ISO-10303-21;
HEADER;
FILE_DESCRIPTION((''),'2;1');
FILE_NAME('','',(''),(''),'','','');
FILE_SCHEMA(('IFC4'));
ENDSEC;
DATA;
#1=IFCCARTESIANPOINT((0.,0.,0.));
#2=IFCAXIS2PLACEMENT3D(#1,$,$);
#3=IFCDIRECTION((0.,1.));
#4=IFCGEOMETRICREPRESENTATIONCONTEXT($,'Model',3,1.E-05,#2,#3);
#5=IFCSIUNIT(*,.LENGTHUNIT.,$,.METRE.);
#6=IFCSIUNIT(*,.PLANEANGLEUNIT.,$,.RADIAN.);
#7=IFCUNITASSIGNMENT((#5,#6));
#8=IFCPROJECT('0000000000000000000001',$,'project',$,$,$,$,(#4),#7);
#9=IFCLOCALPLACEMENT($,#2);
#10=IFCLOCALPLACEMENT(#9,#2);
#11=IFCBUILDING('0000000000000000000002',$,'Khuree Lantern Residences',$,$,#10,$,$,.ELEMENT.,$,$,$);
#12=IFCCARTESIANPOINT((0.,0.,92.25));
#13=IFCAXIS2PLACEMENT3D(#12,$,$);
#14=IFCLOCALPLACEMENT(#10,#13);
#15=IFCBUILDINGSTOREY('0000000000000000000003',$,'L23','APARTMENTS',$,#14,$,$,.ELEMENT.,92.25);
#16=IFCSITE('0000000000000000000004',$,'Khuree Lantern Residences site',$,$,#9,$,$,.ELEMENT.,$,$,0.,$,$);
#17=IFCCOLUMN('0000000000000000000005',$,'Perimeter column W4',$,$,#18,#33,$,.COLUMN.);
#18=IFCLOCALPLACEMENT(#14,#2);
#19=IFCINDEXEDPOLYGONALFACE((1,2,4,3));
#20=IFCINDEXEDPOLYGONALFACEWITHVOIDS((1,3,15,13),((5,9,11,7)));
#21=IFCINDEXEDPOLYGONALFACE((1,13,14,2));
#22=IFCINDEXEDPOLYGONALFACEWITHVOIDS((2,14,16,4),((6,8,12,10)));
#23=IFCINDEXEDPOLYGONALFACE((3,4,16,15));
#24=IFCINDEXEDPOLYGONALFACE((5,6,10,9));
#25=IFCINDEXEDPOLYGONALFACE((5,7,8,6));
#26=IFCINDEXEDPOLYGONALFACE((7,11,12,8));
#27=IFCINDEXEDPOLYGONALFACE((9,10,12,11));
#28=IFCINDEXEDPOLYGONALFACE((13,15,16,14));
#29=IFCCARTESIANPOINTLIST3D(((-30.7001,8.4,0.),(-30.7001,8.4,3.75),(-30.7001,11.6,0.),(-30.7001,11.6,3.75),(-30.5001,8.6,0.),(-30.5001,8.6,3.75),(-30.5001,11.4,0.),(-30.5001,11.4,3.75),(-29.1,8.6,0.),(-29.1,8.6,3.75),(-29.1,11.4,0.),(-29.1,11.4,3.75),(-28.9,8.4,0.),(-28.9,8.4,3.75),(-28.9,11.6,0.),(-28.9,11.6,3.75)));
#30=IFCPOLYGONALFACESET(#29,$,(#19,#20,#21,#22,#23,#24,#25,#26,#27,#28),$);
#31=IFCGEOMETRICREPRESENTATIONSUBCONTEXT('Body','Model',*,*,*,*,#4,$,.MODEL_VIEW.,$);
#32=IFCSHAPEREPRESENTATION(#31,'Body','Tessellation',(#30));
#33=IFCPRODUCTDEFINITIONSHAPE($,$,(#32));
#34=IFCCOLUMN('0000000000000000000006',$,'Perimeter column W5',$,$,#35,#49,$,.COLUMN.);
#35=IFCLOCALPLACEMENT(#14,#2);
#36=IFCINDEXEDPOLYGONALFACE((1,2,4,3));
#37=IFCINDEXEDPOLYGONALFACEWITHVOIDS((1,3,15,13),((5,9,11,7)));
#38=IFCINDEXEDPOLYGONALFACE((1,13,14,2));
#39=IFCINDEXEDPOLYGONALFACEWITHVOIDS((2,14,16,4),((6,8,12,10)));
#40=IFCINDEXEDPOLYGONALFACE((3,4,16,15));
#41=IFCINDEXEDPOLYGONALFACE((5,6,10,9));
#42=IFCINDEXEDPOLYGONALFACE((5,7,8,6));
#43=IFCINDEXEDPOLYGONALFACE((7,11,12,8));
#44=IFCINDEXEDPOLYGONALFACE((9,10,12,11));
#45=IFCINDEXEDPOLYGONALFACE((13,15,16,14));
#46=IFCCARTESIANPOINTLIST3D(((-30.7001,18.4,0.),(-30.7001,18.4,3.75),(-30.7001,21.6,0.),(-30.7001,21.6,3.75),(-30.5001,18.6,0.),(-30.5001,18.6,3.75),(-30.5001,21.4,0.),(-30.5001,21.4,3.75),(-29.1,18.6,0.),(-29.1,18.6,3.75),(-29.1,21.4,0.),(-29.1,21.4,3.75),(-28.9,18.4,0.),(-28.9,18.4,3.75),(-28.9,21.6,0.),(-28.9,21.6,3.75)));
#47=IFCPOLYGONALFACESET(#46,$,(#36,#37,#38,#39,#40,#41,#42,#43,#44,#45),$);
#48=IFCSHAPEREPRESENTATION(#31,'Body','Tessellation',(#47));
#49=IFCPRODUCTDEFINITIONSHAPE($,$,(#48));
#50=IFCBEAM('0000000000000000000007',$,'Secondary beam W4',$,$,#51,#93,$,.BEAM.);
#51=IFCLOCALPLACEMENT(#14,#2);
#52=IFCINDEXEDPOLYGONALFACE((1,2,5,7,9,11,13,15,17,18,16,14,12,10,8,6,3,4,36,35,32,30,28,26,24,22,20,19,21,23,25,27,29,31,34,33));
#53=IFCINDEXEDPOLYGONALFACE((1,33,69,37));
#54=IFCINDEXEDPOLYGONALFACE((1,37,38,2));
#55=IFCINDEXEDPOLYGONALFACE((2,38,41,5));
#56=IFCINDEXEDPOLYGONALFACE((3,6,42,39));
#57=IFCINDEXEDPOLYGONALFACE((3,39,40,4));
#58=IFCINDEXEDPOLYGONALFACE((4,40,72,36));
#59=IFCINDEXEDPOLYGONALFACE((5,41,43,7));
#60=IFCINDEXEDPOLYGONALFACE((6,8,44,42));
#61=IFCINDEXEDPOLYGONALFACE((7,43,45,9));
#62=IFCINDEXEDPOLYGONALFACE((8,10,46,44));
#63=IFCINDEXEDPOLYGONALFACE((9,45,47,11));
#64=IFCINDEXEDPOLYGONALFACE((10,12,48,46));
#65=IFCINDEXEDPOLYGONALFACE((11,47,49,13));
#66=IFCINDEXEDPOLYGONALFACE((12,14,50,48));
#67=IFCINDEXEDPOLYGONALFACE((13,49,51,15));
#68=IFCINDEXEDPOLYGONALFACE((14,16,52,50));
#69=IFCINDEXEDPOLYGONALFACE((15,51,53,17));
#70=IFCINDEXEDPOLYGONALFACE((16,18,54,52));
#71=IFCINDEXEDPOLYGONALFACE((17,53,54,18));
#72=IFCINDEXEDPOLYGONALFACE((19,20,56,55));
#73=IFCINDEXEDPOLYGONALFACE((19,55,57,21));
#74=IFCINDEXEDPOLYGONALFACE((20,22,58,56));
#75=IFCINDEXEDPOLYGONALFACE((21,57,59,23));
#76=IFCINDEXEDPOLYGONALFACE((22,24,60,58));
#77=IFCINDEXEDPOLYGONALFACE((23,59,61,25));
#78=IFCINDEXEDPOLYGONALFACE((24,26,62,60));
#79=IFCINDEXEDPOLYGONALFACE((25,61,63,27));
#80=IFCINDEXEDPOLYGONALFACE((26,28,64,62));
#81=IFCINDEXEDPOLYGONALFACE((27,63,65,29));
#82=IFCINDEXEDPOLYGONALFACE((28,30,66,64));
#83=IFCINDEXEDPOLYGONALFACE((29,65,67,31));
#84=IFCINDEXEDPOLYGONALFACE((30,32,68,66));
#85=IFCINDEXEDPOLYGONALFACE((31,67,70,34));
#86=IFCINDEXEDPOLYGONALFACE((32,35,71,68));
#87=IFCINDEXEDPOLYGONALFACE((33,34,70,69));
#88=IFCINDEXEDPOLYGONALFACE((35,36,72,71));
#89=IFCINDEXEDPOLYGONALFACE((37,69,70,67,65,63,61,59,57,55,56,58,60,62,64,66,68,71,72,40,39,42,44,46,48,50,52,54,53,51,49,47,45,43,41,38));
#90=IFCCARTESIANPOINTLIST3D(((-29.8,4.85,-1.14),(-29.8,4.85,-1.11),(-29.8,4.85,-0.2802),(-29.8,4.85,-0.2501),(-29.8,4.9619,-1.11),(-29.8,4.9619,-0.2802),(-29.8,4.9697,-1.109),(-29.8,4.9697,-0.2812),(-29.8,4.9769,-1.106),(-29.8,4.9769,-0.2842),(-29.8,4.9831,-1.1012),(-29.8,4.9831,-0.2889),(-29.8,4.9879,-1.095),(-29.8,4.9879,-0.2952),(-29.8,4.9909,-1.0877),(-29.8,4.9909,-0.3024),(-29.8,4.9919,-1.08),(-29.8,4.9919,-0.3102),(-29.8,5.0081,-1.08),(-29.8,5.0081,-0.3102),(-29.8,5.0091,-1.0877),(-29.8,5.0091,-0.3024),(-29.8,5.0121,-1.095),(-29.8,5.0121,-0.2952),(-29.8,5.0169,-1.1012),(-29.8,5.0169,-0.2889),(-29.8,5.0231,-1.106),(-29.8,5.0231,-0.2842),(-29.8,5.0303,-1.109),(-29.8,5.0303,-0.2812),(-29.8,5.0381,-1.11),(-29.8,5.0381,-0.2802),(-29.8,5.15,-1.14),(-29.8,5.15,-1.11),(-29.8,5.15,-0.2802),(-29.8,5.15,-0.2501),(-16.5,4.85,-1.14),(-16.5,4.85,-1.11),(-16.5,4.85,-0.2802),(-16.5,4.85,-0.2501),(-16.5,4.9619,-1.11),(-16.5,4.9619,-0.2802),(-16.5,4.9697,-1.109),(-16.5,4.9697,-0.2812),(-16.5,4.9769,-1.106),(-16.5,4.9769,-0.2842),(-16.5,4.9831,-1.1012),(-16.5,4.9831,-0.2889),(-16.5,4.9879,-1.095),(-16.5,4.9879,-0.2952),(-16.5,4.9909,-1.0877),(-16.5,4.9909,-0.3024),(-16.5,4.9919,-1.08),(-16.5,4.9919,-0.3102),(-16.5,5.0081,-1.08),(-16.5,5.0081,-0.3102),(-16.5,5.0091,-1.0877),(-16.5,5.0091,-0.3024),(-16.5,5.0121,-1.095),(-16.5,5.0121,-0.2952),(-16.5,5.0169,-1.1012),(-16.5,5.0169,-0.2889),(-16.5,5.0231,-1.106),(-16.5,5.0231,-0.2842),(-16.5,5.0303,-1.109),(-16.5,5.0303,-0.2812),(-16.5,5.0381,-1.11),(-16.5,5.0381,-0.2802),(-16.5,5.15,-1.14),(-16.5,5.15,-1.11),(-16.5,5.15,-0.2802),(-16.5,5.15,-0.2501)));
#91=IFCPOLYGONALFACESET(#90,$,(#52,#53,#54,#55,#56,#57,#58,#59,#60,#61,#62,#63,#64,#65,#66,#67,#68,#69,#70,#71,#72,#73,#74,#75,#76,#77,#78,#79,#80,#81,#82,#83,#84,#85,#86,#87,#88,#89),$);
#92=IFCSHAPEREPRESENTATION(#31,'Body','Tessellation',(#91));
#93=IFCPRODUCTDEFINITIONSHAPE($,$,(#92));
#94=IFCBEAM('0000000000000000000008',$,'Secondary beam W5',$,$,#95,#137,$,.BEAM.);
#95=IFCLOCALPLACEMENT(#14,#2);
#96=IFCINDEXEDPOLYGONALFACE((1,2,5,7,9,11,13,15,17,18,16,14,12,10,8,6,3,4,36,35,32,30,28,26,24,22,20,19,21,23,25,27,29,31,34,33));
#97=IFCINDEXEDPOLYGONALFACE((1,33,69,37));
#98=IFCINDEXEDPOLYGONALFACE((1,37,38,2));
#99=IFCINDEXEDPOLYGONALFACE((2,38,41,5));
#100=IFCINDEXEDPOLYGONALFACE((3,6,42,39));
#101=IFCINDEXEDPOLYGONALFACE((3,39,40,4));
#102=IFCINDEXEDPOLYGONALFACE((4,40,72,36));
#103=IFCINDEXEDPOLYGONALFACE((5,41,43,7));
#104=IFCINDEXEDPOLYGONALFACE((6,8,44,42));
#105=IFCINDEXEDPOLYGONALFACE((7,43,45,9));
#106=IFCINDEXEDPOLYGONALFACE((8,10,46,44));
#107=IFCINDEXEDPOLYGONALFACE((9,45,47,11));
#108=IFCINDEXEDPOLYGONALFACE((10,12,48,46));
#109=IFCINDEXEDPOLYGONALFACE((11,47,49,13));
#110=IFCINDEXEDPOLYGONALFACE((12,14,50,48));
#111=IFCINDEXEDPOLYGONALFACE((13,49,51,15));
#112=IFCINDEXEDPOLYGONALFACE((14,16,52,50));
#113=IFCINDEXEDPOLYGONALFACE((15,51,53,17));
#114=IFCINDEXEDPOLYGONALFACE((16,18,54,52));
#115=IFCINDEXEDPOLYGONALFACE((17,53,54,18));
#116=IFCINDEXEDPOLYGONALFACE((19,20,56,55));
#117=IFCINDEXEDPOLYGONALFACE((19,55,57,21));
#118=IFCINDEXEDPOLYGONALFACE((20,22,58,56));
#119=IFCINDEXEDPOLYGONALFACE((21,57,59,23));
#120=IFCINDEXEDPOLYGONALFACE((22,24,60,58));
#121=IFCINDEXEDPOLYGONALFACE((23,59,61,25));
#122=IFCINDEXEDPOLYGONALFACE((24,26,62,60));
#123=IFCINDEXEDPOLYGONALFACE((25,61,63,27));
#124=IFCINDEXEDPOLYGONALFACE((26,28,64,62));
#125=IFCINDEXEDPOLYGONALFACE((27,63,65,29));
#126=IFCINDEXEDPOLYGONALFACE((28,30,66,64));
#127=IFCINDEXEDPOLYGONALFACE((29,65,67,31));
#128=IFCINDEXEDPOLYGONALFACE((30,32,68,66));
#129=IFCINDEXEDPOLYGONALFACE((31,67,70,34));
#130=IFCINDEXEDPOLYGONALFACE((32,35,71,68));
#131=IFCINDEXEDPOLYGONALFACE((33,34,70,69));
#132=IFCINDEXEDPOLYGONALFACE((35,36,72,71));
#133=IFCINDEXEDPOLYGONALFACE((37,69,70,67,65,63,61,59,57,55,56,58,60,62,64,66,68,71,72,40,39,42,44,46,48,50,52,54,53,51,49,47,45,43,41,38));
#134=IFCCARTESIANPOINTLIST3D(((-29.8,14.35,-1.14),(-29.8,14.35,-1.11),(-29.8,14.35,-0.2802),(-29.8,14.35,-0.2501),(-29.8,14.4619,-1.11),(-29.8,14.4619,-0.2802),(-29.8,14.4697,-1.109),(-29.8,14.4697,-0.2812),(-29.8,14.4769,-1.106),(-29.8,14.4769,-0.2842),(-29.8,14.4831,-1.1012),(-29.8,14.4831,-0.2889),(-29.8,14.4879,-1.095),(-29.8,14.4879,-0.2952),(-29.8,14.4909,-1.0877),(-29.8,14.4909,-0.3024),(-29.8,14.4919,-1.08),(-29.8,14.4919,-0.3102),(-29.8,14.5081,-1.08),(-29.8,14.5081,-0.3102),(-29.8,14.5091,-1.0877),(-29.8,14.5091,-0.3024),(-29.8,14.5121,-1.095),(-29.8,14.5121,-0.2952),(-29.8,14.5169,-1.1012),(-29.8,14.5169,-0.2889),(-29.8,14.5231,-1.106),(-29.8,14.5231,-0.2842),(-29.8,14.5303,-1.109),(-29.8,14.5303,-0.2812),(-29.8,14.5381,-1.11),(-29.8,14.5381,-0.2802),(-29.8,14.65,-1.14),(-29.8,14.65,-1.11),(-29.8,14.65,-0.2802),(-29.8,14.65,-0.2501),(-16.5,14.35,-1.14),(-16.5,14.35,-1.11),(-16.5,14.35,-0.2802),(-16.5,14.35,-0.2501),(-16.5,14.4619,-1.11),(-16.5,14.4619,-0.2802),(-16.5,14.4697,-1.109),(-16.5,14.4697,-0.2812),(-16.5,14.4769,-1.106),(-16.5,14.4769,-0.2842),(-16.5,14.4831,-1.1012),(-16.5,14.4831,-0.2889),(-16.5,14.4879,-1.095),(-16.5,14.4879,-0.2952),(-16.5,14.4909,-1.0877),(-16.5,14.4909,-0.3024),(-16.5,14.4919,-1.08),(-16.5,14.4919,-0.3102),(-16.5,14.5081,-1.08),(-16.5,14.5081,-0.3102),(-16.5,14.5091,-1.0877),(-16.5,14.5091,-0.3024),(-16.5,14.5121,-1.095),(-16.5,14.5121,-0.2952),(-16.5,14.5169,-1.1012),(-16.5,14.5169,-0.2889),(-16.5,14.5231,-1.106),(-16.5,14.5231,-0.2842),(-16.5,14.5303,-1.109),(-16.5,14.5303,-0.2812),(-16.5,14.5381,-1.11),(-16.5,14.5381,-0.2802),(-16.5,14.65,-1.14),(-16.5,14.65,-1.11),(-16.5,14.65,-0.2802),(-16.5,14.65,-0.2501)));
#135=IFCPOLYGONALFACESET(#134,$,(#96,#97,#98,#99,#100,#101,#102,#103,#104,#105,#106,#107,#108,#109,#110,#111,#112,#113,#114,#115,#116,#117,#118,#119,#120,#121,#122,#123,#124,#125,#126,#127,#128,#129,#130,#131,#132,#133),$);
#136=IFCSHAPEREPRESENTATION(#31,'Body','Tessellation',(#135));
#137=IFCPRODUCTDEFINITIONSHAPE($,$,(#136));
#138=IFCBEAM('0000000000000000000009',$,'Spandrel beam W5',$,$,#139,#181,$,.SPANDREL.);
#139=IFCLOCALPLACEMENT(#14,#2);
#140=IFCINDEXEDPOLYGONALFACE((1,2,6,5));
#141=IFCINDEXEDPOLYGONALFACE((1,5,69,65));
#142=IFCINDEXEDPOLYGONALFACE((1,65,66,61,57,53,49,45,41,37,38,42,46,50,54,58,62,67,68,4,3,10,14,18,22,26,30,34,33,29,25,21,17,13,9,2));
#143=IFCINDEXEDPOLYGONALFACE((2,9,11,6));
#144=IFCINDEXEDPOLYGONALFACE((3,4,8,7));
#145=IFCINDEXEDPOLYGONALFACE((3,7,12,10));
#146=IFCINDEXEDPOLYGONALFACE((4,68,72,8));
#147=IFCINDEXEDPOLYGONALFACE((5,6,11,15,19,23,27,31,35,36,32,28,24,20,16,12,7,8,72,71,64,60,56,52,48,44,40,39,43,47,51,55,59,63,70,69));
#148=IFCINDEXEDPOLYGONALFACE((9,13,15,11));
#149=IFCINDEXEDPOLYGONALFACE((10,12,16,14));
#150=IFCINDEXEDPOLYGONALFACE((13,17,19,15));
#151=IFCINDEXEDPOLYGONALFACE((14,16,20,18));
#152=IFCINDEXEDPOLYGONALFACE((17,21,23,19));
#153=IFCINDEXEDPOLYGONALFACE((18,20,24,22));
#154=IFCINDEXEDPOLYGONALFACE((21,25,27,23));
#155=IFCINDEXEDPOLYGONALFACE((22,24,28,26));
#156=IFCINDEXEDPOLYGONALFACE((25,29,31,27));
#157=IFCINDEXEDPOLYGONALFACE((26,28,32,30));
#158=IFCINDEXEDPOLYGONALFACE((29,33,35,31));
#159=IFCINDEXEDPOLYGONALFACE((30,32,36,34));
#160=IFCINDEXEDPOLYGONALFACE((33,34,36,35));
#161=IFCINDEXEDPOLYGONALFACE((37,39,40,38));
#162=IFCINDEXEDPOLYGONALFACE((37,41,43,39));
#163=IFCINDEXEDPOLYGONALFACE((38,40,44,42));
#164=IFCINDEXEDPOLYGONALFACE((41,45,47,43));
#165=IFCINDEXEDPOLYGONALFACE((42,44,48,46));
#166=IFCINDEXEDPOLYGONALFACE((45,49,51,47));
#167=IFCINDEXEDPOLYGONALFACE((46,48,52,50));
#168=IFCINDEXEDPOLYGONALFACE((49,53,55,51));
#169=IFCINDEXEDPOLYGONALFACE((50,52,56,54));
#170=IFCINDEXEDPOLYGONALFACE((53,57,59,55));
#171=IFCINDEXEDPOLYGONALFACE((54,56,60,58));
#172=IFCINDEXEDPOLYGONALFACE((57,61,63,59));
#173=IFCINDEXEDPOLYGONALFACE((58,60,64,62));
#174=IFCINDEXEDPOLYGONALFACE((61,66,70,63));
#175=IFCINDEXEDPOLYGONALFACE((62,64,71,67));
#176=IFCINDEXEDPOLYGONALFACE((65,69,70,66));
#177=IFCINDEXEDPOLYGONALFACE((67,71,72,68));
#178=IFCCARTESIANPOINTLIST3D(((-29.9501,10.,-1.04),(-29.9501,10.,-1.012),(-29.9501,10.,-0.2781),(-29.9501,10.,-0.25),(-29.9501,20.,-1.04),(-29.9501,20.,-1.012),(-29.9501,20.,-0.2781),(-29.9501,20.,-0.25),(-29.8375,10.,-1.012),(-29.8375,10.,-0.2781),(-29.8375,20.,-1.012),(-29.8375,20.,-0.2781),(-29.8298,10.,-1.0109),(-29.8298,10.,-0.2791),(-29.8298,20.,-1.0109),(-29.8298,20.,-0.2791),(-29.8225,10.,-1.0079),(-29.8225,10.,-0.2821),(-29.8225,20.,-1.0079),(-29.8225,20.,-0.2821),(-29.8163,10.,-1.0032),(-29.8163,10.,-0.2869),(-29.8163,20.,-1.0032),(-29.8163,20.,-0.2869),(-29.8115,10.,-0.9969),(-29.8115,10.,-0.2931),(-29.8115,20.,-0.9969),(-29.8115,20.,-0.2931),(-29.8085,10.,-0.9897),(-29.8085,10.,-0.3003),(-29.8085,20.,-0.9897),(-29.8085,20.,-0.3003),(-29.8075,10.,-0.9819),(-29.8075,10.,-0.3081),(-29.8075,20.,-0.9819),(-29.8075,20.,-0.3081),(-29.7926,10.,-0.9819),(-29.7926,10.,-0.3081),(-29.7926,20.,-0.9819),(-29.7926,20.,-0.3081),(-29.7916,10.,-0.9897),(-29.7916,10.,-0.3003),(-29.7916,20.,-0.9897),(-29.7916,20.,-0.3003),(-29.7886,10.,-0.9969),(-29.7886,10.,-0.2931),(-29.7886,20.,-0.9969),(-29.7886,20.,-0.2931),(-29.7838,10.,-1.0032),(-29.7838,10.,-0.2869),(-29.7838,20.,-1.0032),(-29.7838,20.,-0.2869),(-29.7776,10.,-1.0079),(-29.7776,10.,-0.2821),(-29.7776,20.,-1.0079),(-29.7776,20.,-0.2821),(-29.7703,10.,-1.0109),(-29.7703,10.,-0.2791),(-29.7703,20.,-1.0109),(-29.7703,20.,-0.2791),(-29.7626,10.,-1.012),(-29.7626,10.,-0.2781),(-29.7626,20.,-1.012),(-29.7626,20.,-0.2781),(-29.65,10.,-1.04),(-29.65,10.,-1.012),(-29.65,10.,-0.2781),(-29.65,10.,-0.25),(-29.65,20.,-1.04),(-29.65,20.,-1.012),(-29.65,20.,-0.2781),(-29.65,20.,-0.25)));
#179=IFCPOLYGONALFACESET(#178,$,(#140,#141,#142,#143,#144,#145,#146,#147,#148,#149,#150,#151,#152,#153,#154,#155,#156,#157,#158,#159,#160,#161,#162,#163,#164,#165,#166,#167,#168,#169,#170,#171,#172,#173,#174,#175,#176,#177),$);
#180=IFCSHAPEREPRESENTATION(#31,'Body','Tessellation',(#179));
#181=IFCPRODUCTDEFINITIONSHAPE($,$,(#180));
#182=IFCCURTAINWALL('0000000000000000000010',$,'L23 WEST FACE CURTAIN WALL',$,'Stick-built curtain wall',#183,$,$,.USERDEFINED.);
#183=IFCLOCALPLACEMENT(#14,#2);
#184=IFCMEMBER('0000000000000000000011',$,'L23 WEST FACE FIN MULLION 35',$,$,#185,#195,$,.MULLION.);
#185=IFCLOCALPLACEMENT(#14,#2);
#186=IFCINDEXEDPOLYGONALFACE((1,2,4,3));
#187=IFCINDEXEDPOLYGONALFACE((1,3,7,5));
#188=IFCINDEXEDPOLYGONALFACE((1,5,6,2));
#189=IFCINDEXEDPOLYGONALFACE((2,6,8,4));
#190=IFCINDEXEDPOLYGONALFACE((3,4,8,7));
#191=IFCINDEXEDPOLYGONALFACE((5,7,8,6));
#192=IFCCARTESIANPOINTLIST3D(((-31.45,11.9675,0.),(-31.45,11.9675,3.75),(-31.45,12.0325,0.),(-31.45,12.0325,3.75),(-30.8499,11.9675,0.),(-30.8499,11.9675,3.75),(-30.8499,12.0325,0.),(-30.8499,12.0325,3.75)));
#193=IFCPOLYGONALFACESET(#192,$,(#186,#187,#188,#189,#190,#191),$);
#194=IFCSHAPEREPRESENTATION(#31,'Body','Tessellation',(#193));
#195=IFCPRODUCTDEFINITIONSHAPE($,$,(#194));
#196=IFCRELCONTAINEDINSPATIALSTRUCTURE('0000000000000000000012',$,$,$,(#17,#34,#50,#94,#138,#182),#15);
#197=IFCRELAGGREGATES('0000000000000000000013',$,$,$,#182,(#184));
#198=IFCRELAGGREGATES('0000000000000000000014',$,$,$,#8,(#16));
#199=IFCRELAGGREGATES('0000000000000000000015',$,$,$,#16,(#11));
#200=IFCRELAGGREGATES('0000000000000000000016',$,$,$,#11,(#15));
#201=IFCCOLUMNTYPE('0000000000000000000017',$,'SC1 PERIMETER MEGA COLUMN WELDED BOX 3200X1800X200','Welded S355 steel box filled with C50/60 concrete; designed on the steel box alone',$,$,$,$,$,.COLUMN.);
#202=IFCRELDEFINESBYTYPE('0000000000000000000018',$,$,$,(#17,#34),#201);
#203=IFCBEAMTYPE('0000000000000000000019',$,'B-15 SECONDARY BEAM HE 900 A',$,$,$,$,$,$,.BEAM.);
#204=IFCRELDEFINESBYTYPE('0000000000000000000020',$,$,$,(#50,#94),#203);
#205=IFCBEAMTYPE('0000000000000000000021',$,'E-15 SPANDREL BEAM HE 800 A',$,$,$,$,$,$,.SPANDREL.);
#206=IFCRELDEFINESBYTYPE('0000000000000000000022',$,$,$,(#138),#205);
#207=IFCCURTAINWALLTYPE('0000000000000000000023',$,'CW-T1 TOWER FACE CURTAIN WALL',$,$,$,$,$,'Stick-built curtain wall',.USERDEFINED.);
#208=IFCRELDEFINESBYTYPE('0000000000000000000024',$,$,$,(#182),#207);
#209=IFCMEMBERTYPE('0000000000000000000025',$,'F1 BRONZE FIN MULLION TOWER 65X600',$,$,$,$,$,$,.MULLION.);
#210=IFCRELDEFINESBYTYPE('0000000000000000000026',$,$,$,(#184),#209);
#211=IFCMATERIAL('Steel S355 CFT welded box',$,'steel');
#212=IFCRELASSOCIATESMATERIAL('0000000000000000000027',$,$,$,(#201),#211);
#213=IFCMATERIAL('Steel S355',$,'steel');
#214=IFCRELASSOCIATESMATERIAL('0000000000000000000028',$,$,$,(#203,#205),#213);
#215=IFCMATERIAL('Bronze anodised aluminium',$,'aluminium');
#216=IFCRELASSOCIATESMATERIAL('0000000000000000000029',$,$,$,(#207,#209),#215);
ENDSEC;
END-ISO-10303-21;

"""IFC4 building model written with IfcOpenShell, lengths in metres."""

from ifc_helpers import new_model, si_unit, direction, frame, origin, origin_2d, place, context, subcontext, project, spatial, rectangle, hollow_rectangle, i_section, extrude, material, material_profile, profile_set, type_object, element, aggregate, save


model = new_model("IFC4")

# Units and contexts
model_context = context("Model", 3, precision=1e-05, world=origin(), true_north=direction((0.0, 1.0)))
body_context = subcontext(model_context, "Body", "Model", "MODEL_VIEW")
ifc_project = project(units=[si_unit("LENGTHUNIT", "METRE"), si_unit("PLANEANGLEUNIT", "RADIAN")], contexts=[model_context])

# Site, building, storey
site_placement = place(None, origin())
site = spatial("IfcSite", under=ifc_project, at=site_placement, Name="Khuree Lantern Residences site", CompositionType="ELEMENT", RefElevation=0.0)
building_placement = place(site_placement, origin())
building = spatial("IfcBuilding", under=site, at=building_placement, Name="Khuree Lantern Residences", CompositionType="ELEMENT")
storey_placement = place(building_placement, frame((0.0, 0.0, 92.25)))
storey = spatial("IfcBuildingStorey", under=building, at=storey_placement, Name="L23", Description="APARTMENTS", CompositionType="ELEMENT", Elevation=92.25)

# Columns
ifc_material_1 = material(Name="Steel S355 CFT welded box", Category="steel")
ifc_material_profile_1 = material_profile(ifc_material_1, hollow_rectangle(XDim=3.2, YDim=1.8, WallThickness=0.2, at=origin_2d()), Name="WELDED BOX 3200X1800X200")
ifc_profile_set_1 = profile_set([ifc_material_profile_1], Name="Steel S355 CFT welded box")
column_type = type_object("IfcColumnType", Name="SC1 PERIMETER MEGA COLUMN WELDED BOX 3200X1800X200", Description="Welded S355 steel box filled with C50/60 concrete; designed on the steel box alone", PredefinedType="COLUMN", material=ifc_profile_set_1)
for number, where, z_axis, x_axis, name in (
    (1, (-29.8, 10.0, 0.0), (0.0, 0.0, 1.0), (0.0, 1.0, 0.0), "Perimeter column W4"),
    (2, (-29.8, 20.0, 0.0), (0.0, 0.0, 1.0), (0.0, 1.0, 0.0), "Perimeter column W5"),
):
    element("IfcColumn", number, at=place(storey_placement, frame(where, z_axis=z_axis, x_axis=x_axis)), inside=storey, type_object=column_type, Name=name, PredefinedType="COLUMN", context=body_context, shape_type="SweptSolid", body=[
        extrude(hollow_rectangle(XDim=3.2, YDim=1.8, WallThickness=0.2, at=origin_2d()), origin(), (0.0, 0.0, 1.0), 3.75),
    ])

# Beams
ifc_material_2 = material(Name="Steel S355", Category="steel")
ifc_material_profile_2 = material_profile(ifc_material_2, i_section(OverallWidth=0.3, OverallDepth=0.8899, WebThickness=0.0161, FlangeThickness=0.03, FilletRadius=0.03, at=origin_2d()), Name="HE 900 A")
ifc_profile_set_2 = profile_set([ifc_material_profile_2], Name="Steel S355")
beam_type_1 = type_object("IfcBeamType", Name="B-15 SECONDARY BEAM HE 900 A", PredefinedType="BEAM", material=ifc_profile_set_2)
for number, where, z_axis, x_axis, name in (
    (3, (-29.8, 5.0, -0.6951), (1.0, 0.0, 0.0), (0.0, 1.0, 0.0), "Secondary beam W4"),
    (4, (-29.8, 14.5, -0.6951), (1.0, 0.0, 0.0), (0.0, 1.0, 0.0), "Secondary beam W5"),
):
    element("IfcBeam", number, at=place(storey_placement, frame(where, z_axis=z_axis, x_axis=x_axis)), inside=storey, type_object=beam_type_1, Name=name, PredefinedType="BEAM", context=body_context, shape_type="SweptSolid", body=[
        extrude(i_section(OverallWidth=0.3, OverallDepth=0.8899, WebThickness=0.0161, FlangeThickness=0.03, FilletRadius=0.03, at=origin_2d()), origin(), (0.0, 0.0, 1.0), 13.3),
    ])
ifc_material_profile_3 = material_profile(ifc_material_2, i_section(OverallWidth=0.3, OverallDepth=0.79, WebThickness=0.0149, FlangeThickness=0.0281, FilletRadius=0.03, at=origin_2d()), Name="HE 800 A")
ifc_profile_set_3 = profile_set([ifc_material_profile_3], Name="Steel S355")
beam_type_2 = type_object("IfcBeamType", Name="E-15 SPANDREL BEAM HE 800 A", PredefinedType="SPANDREL", material=ifc_profile_set_3)
beam_1_placement = place(storey_placement, frame((-29.8, 10.0, -0.645), z_axis=(0.0, 1.0, 0.0), x_axis=(-1.0, 0.0, 0.0)))
element("IfcBeam", 5, at=beam_1_placement, inside=storey, type_object=beam_type_2, Name="Spandrel beam W5", PredefinedType="SPANDREL", context=body_context, shape_type="SweptSolid", body=[
    extrude(i_section(OverallWidth=0.3, OverallDepth=0.79, WebThickness=0.0149, FlangeThickness=0.0281, FilletRadius=0.03, at=origin_2d()), origin(), (0.0, 0.0, 1.0), 10.0),
])

# Curtain wall, member
ifc_material_3 = material(Name="Bronze anodised aluminium", Category="aluminium")
curtain_wall_type = type_object("IfcCurtainWallType", Name="CW-T1 TOWER FACE CURTAIN WALL", ElementType="Stick-built curtain wall", PredefinedType="USERDEFINED", material=ifc_material_3)
curtain_wall_placement = place(storey_placement, origin())
curtain_wall = element("IfcCurtainWall", 6, at=curtain_wall_placement, inside=storey, type_object=curtain_wall_type, Name="L23 WEST FACE CURTAIN WALL", ObjectType="Stick-built curtain wall", PredefinedType="USERDEFINED")
ifc_material_profile_4 = material_profile(ifc_material_3, rectangle(XDim=0.0649, YDim=0.6001, at=origin_2d()), Name="F1 65X600")
ifc_profile_set_4 = profile_set([ifc_material_profile_4], Name="Bronze anodised aluminium")
member_type_1 = type_object("IfcMemberType", Name="F1 BRONZE FIN MULLION TOWER 65X600", PredefinedType="MULLION", material=ifc_profile_set_4)
member_1_placement = place(storey_placement, frame((-31.1499, 12.0, 0.0), z_axis=(0.0, 0.0, 1.0), x_axis=(0.0, -1.0, 0.0)))
member_1 = element("IfcMember", 7, at=member_1_placement, type_object=member_type_1, Name="L23 WEST FACE FIN MULLION 35", PredefinedType="MULLION", context=body_context, shape_type="SweptSolid", body=[
    extrude(rectangle(XDim=0.0649, YDim=0.6001, at=origin_2d()), origin(), (0.0, 0.0, 1.0), 3.75),
])

aggregate(curtain_wall, [member_1])

save(model, "model.ifc")
